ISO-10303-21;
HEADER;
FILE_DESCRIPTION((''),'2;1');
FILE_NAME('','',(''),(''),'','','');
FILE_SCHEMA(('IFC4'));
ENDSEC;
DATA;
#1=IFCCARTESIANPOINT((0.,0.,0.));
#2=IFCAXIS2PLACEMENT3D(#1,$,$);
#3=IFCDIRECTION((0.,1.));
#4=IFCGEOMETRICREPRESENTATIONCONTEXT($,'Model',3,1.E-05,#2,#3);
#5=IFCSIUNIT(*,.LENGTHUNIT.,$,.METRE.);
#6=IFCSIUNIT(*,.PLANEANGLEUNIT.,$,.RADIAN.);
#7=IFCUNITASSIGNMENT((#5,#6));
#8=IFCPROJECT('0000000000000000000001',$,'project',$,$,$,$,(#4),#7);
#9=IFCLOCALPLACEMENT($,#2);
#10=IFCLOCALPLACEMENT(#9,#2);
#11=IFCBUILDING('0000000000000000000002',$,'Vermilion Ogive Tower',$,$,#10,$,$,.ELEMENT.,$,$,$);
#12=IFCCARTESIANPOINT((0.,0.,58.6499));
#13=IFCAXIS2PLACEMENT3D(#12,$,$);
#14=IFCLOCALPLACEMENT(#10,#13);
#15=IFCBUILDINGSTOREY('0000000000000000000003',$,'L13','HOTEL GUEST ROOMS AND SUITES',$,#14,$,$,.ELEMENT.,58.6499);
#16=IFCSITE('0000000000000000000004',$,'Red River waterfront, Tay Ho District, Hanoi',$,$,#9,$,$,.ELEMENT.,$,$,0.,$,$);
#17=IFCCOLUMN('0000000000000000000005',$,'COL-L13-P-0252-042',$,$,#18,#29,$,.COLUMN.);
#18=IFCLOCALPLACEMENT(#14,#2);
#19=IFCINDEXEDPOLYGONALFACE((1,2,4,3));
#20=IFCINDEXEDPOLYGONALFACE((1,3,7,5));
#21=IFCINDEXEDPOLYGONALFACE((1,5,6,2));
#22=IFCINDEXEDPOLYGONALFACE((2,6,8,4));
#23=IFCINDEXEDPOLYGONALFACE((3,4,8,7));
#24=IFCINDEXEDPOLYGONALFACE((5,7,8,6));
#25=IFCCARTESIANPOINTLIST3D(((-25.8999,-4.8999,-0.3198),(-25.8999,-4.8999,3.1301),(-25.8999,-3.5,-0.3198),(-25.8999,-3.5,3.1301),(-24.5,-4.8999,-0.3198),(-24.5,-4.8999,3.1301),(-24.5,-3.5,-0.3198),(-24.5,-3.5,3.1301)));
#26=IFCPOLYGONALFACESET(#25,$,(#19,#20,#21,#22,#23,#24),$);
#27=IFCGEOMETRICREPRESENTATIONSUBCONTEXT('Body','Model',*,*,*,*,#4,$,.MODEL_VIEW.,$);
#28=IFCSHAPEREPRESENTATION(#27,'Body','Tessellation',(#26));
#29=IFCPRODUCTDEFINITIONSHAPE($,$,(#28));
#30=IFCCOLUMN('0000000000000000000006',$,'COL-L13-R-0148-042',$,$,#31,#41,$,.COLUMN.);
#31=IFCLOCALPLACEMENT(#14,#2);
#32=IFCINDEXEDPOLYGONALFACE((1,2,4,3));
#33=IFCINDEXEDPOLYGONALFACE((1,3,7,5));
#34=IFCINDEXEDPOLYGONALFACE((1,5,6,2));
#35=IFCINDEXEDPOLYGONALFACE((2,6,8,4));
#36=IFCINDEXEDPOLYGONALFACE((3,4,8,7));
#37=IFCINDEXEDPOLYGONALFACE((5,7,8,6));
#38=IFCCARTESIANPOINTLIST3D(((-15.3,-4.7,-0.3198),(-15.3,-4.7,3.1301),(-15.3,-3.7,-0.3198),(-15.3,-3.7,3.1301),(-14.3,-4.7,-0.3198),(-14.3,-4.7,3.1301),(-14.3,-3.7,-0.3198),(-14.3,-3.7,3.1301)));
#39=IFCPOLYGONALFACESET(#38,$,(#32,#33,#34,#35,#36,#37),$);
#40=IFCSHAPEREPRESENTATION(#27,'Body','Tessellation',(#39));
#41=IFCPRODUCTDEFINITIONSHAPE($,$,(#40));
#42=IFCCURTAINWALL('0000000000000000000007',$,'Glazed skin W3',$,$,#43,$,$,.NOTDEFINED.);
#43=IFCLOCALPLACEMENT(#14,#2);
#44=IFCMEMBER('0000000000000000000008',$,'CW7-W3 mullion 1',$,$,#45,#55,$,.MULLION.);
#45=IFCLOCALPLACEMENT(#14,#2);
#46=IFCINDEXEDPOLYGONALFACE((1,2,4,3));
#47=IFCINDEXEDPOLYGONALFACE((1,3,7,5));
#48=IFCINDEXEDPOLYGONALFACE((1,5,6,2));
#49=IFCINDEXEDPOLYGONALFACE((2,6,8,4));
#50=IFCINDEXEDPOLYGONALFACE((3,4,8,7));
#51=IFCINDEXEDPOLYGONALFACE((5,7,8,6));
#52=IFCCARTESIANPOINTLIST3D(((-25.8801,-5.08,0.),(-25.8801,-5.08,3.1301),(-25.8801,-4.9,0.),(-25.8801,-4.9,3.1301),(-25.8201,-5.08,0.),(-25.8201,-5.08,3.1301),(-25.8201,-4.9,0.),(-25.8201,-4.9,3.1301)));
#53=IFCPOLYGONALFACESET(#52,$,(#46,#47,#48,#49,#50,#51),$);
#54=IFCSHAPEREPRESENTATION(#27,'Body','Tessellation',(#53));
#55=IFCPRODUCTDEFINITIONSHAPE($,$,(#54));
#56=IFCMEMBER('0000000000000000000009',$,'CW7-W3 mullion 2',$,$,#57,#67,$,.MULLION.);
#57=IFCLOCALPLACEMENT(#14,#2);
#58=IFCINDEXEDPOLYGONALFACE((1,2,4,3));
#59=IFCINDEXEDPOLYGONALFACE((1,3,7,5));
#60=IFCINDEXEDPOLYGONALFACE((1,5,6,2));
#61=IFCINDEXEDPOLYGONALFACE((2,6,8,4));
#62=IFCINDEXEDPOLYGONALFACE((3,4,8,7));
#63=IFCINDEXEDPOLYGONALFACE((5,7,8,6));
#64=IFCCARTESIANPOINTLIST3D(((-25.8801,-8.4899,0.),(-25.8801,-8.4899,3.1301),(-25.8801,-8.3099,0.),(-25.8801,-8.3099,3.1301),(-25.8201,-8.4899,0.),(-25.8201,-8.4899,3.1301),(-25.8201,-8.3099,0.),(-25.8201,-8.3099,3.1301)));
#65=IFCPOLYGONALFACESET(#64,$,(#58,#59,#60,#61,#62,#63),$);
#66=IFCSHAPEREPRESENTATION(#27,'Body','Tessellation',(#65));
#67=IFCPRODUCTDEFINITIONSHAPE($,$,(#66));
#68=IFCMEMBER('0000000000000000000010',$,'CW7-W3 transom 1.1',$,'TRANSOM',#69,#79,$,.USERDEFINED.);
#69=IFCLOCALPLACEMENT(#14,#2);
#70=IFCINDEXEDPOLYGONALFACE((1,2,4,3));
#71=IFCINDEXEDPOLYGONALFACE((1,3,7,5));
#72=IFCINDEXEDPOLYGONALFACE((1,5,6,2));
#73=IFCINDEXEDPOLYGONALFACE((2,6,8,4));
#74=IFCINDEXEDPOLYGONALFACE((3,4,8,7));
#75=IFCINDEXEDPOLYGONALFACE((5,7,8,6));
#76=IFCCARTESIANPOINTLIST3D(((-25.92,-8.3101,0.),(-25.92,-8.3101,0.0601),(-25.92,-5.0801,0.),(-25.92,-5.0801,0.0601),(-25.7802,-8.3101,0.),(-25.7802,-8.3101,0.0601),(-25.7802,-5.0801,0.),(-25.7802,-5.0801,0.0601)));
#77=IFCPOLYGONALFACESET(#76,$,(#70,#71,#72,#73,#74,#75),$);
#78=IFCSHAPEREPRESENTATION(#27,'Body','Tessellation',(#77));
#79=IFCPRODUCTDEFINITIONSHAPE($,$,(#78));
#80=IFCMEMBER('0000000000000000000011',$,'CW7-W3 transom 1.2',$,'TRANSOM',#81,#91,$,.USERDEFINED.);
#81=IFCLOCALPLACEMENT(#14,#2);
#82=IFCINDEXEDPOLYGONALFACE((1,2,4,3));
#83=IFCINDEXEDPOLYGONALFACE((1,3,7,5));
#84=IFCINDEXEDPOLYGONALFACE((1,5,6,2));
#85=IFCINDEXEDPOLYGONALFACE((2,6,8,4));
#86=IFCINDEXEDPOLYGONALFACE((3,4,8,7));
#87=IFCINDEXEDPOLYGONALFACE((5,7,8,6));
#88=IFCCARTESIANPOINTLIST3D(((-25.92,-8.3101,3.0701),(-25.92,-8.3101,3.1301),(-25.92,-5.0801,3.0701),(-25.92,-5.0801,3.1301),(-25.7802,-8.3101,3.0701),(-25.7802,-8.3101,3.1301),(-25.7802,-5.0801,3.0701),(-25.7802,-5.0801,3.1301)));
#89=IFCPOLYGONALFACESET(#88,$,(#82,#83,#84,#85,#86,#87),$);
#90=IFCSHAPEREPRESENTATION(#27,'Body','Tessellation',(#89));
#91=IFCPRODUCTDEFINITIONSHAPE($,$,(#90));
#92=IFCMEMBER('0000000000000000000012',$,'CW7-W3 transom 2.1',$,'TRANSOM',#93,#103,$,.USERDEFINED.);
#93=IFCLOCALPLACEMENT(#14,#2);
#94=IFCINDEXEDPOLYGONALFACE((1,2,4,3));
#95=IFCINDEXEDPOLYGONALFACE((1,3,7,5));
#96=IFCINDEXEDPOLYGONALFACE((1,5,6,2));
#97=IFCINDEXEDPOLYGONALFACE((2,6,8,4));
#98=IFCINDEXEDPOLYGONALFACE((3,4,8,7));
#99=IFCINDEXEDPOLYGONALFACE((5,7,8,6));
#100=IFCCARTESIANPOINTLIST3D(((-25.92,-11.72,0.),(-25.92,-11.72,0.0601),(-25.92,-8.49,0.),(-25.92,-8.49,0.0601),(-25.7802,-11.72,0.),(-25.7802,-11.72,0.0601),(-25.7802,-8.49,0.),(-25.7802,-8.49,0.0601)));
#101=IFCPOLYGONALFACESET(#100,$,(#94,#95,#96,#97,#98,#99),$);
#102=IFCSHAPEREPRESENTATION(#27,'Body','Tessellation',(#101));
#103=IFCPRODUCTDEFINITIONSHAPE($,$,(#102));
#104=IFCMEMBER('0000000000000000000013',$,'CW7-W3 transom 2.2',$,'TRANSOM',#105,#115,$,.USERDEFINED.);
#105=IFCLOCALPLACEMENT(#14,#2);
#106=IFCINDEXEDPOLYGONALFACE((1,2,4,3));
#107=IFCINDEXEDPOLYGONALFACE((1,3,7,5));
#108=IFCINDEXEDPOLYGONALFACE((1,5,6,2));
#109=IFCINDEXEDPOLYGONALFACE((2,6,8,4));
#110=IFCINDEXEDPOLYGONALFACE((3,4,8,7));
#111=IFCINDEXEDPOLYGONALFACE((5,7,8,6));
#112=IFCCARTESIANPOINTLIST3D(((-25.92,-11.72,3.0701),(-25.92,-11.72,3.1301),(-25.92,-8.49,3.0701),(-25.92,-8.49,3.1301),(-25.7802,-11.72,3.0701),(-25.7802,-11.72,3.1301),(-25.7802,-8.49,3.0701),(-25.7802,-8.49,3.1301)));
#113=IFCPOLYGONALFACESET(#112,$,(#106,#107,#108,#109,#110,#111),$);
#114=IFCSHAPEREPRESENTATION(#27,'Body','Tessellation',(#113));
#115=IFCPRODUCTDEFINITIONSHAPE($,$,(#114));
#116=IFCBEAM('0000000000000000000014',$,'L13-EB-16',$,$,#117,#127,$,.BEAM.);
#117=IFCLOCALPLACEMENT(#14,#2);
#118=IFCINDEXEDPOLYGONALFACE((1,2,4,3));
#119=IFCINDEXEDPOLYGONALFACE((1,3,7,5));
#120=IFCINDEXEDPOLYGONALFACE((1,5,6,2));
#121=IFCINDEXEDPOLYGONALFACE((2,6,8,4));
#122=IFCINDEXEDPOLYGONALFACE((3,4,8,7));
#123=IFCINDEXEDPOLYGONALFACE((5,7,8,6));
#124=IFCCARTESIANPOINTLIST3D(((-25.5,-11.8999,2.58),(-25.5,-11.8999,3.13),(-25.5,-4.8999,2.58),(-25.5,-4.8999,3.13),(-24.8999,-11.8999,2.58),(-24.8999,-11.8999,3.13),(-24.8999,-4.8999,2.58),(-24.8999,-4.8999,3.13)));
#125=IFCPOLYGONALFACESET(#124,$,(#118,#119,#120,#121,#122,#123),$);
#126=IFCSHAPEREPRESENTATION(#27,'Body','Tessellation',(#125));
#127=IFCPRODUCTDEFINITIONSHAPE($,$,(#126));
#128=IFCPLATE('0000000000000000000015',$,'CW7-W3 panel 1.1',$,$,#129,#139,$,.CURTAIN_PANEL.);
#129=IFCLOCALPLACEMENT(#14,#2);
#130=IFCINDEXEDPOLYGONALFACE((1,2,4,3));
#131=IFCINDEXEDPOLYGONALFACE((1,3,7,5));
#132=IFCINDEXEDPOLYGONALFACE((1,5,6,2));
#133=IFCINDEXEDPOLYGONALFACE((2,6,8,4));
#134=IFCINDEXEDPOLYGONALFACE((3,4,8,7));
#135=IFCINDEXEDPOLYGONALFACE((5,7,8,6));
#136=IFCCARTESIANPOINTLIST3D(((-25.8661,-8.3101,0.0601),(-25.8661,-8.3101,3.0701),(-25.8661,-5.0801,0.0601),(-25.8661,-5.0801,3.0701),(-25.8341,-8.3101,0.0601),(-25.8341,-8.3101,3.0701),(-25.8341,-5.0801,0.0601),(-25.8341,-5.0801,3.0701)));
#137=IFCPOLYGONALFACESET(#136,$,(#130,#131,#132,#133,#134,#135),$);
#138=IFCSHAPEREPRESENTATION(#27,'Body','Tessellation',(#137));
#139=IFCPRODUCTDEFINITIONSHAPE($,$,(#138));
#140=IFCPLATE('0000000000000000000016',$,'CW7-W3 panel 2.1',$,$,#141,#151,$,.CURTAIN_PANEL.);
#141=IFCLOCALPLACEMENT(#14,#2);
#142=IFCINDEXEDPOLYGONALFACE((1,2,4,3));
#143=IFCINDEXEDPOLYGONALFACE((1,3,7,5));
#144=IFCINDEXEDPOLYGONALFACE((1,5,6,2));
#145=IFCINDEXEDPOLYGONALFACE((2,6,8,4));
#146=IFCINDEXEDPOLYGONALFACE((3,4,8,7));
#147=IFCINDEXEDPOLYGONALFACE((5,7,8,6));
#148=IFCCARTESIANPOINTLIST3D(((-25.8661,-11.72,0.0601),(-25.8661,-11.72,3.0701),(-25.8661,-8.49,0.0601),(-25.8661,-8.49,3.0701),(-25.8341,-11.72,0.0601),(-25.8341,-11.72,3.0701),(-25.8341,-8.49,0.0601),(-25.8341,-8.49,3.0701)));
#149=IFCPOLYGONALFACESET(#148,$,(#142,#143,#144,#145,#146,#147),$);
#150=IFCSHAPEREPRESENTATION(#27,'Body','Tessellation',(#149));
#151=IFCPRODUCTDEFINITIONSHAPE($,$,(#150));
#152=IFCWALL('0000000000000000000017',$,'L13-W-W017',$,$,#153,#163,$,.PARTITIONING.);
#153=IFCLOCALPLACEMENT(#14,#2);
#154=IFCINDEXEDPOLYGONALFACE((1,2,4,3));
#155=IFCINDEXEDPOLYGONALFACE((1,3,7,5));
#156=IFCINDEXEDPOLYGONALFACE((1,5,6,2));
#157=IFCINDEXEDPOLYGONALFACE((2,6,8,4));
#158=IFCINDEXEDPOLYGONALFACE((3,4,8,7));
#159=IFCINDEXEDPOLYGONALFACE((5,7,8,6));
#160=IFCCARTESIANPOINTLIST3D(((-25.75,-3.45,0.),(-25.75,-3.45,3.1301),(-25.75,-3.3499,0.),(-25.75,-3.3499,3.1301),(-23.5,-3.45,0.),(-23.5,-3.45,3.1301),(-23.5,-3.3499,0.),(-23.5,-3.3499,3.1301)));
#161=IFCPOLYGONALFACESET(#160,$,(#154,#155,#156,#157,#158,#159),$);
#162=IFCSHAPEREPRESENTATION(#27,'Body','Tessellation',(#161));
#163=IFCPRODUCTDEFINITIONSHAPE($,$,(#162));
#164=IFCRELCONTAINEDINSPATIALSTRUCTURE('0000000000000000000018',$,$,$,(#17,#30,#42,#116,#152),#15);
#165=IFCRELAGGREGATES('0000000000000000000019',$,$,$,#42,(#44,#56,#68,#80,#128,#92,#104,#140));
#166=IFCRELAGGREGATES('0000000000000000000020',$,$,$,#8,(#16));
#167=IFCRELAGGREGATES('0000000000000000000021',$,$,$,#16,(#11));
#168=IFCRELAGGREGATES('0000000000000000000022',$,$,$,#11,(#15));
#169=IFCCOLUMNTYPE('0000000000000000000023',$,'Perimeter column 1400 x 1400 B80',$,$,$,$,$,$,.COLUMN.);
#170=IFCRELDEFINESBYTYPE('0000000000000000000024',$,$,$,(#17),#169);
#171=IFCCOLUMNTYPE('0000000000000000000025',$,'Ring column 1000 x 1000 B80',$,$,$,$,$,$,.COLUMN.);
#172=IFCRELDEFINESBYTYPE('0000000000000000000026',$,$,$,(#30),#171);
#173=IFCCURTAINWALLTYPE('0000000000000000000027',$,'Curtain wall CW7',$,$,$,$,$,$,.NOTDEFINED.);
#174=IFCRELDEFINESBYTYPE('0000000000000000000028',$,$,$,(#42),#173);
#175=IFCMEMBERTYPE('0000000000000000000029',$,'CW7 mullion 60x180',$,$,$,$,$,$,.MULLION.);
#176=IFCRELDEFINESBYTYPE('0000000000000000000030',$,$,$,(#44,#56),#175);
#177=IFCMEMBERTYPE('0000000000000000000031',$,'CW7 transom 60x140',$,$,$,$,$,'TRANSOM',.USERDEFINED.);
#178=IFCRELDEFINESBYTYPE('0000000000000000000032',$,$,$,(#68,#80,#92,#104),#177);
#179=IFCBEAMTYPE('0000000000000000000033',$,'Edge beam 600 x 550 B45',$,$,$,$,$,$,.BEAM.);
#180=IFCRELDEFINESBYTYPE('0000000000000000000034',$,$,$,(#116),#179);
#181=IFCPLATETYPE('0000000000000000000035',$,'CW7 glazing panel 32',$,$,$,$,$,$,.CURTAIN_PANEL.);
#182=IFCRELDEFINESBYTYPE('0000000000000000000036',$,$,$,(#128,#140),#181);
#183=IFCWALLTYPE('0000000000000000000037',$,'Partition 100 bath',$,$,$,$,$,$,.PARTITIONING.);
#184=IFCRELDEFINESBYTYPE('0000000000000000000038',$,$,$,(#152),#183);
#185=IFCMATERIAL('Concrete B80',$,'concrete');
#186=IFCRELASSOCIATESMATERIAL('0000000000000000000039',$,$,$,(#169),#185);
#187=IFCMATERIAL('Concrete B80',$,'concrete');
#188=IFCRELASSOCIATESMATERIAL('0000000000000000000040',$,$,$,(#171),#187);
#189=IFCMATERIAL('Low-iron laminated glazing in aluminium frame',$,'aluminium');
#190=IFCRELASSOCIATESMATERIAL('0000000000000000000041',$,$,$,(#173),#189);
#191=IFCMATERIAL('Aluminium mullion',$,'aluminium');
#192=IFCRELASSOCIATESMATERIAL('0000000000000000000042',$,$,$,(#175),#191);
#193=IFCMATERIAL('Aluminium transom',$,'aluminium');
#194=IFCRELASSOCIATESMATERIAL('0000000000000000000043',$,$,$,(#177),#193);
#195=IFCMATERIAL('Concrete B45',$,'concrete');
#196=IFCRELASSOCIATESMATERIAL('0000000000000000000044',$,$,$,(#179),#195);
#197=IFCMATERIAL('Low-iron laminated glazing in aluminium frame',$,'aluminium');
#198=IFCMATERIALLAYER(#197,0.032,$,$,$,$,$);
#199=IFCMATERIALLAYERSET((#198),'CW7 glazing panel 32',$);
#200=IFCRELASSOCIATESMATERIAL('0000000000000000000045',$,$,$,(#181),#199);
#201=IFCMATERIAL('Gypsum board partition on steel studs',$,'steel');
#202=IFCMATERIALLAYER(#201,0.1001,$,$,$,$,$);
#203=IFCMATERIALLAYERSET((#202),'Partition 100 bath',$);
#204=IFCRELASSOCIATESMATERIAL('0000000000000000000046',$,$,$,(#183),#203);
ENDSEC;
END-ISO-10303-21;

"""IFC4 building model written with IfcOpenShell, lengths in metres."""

from ifc_helpers import new_model, si_unit, direction, frame, frame_2d, origin, origin_2d, place, context, subcontext, project, spatial, rectangle, extrude, material, layer, layer_set, material_profile, profile_set, type_object, element, aggregate, save


model = new_model("IFC4")

# Units and contexts
model_context = context("Model", 3, precision=1e-05, world=origin(), true_north=direction((0.0, 1.0)))
body_context = subcontext(model_context, "Body", "Model", "MODEL_VIEW")
ifc_project = project(units=[si_unit("LENGTHUNIT", "METRE"), si_unit("PLANEANGLEUNIT", "RADIAN")], contexts=[model_context])

# Site, building, storey
site_placement = place(None, origin())
site = spatial("IfcSite", under=ifc_project, at=site_placement, Name="Red River waterfront, Tay Ho District, Hanoi", CompositionType="ELEMENT", RefElevation=0.0)
building_placement = place(site_placement, origin())
building = spatial("IfcBuilding", under=site, at=building_placement, Name="Vermilion Ogive Tower", CompositionType="ELEMENT")
storey_placement = place(building_placement, frame((0.0, 0.0, 58.6499)))
storey = spatial("IfcBuildingStorey", under=building, at=storey_placement, Name="L13", Description="HOTEL GUEST ROOMS AND SUITES", CompositionType="ELEMENT", Elevation=58.6499)

# Columns
ifc_material_1 = material(Name="Concrete B80", Category="concrete")
ifc_material_profile_1 = material_profile(ifc_material_1, rectangle(XDim=1.3999, YDim=1.3999, at=origin_2d()), Name="1400 x 1400")
ifc_profile_set_1 = profile_set([ifc_material_profile_1], Name="Concrete B80")
column_type_1 = type_object("IfcColumnType", Name="Perimeter column 1400 x 1400 B80", PredefinedType="COLUMN", material=ifc_profile_set_1)
column_1_placement = place(storey_placement, frame((-25.2, -4.2, -0.3198), z_axis=(0.0, 0.0, 1.0), x_axis=(1.0, 0.0, 0.0)))
element("IfcColumn", 1, at=column_1_placement, inside=storey, type_object=column_type_1, Name="COL-L13-P-0252-042", PredefinedType="COLUMN", context=body_context, shape_type="SweptSolid", body=[
    extrude(rectangle(XDim=1.3999, YDim=1.3999, at=origin_2d()), origin(), (0.0, 0.0, 1.0), 3.45),
])
ifc_material_2 = material(Name="Concrete B80", Category="concrete")
ifc_material_profile_2 = material_profile(ifc_material_2, rectangle(XDim=1.0, YDim=1.0, at=origin_2d()), Name="1000 x 1000")
ifc_profile_set_2 = profile_set([ifc_material_profile_2], Name="Concrete B80")
column_type_2 = type_object("IfcColumnType", Name="Ring column 1000 x 1000 B80", PredefinedType="COLUMN", material=ifc_profile_set_2)
column_2_placement = place(storey_placement, frame((-14.8, -4.2, -0.3198), z_axis=(0.0, 0.0, 1.0), x_axis=(1.0, 0.0, 0.0)))
element("IfcColumn", 2, at=column_2_placement, inside=storey, type_object=column_type_2, Name="COL-L13-R-0148-042", PredefinedType="COLUMN", context=body_context, shape_type="SweptSolid", body=[
    extrude(rectangle(XDim=1.0, YDim=1.0, at=origin_2d()), origin(), (0.0, 0.0, 1.0), 3.45),
])

# Curtain wall, members
ifc_material_3 = material(Name="Low-iron laminated glazing in aluminium frame", Category="aluminium")
curtain_wall_type = type_object("IfcCurtainWallType", Name="Curtain wall CW7", PredefinedType="NOTDEFINED", material=ifc_material_3)
curtain_wall_placement = place(storey_placement, origin())
curtain_wall = element("IfcCurtainWall", 3, at=curtain_wall_placement, inside=storey, type_object=curtain_wall_type, Name="Glazed skin W3", PredefinedType="NOTDEFINED")
ifc_material_4 = material(Name="Aluminium mullion", Category="aluminium")
ifc_material_profile_3 = material_profile(ifc_material_4, rectangle(XDim=0.0601, YDim=0.1799, at=origin_2d()), Name="AL 60x180")
ifc_profile_set_3 = profile_set([ifc_material_profile_3], Name="Aluminium mullion")
member_type_1 = type_object("IfcMemberType", Name="CW7 mullion 60x180", PredefinedType="MULLION", material=ifc_profile_set_3)
member_1_placement = place(storey_placement, frame((-25.8501, -4.99, 0.0), z_axis=(0.0, 0.0, 1.0), x_axis=(1.0, 0.0, 0.0)))
member_1 = element("IfcMember", 4, at=member_1_placement, type_object=member_type_1, Name="CW7-W3 mullion 1", PredefinedType="MULLION", context=body_context, shape_type="SweptSolid", body=[
    extrude(rectangle(XDim=0.0601, YDim=0.1799, at=origin_2d()), origin(), (0.0, 0.0, 1.0), 3.1301),
])
member_2_placement = place(storey_placement, frame((-25.8501, -8.3999, 0.0), z_axis=(0.0, 0.0, 1.0), x_axis=(1.0, 0.0, 0.0)))
member_2 = element("IfcMember", 5, at=member_2_placement, type_object=member_type_1, Name="CW7-W3 mullion 2", PredefinedType="MULLION", context=body_context, shape_type="SweptSolid", body=[
    extrude(rectangle(XDim=0.0601, YDim=0.1799, at=origin_2d()), origin(), (0.0, 0.0, 1.0), 3.1301),
])
ifc_material_5 = material(Name="Aluminium transom", Category="aluminium")
ifc_material_profile_4 = material_profile(ifc_material_5, rectangle(XDim=0.1399, YDim=0.0601, at=origin_2d()), Name="AL 60x140")
ifc_profile_set_4 = profile_set([ifc_material_profile_4], Name="Aluminium transom")
member_type_2 = type_object("IfcMemberType", Name="CW7 transom 60x140", ElementType="TRANSOM", PredefinedType="USERDEFINED", material=ifc_profile_set_4)
member_3_placement = place(storey_placement, frame((-25.8501, -5.0801, 0.03), z_axis=(0.0, -1.0, 0.0), x_axis=(1.0, 0.0, 0.0)))
member_3 = element("IfcMember", 6, at=member_3_placement, type_object=member_type_2, Name="CW7-W3 transom 1.1", ObjectType="TRANSOM", PredefinedType="USERDEFINED", context=body_context, shape_type="SweptSolid", body=[
    extrude(rectangle(XDim=0.1399, YDim=0.0601, at=origin_2d()), origin(), (0.0, 0.0, 1.0), 3.23),
])
member_4_placement = place(storey_placement, frame((-25.8501, -5.0801, 3.1001), z_axis=(0.0, -1.0, 0.0), x_axis=(1.0, 0.0, 0.0)))
member_4 = element("IfcMember", 7, at=member_4_placement, type_object=member_type_2, Name="CW7-W3 transom 1.2", ObjectType="TRANSOM", PredefinedType="USERDEFINED", context=body_context, shape_type="SweptSolid", body=[
    extrude(rectangle(XDim=0.1399, YDim=0.0601, at=origin_2d()), origin(), (0.0, 0.0, 1.0), 3.23),
])
member_5_placement = place(storey_placement, frame((-25.8501, -8.49, 0.03), z_axis=(0.0, -1.0, 0.0), x_axis=(1.0, 0.0, 0.0)))
member_5 = element("IfcMember", 8, at=member_5_placement, type_object=member_type_2, Name="CW7-W3 transom 2.1", ObjectType="TRANSOM", PredefinedType="USERDEFINED", context=body_context, shape_type="SweptSolid", body=[
    extrude(rectangle(XDim=0.1399, YDim=0.0601, at=origin_2d()), origin(), (0.0, 0.0, 1.0), 3.23),
])
member_6_placement = place(storey_placement, frame((-25.8501, -8.49, 3.1001), z_axis=(0.0, -1.0, 0.0), x_axis=(1.0, 0.0, 0.0)))
member_6 = element("IfcMember", 9, at=member_6_placement, type_object=member_type_2, Name="CW7-W3 transom 2.2", ObjectType="TRANSOM", PredefinedType="USERDEFINED", context=body_context, shape_type="SweptSolid", body=[
    extrude(rectangle(XDim=0.1399, YDim=0.0601, at=origin_2d()), origin(), (0.0, 0.0, 1.0), 3.23),
])

# Beam
ifc_material_6 = material(Name="Concrete B45", Category="concrete")
ifc_material_profile_5 = material_profile(ifc_material_6, rectangle(XDim=0.6001, YDim=0.55, at=origin_2d()), Name="600 x 550")
ifc_profile_set_5 = profile_set([ifc_material_profile_5], Name="Concrete B45")
beam_type = type_object("IfcBeamType", Name="Edge beam 600 x 550 B45", PredefinedType="BEAM", material=ifc_profile_set_5)
beam_placement = place(storey_placement, frame((-25.2, -4.8999, 2.855), z_axis=(0.0, -1.0, 0.0), x_axis=(1.0, 0.0, 0.0)))
element("IfcBeam", 10, at=beam_placement, inside=storey, type_object=beam_type, Name="L13-EB-16", PredefinedType="BEAM", context=body_context, shape_type="SweptSolid", body=[
    extrude(rectangle(XDim=0.6001, YDim=0.55, at=origin_2d()), origin(), (0.0, 0.0, 1.0), 7.0),
])

# Plates
ifc_material_7 = material(Name="Low-iron laminated glazing in aluminium frame", Category="aluminium")
ifc_layer_1 = layer(ifc_material_7, 0.032)
ifc_layer_set_1 = layer_set([ifc_layer_1], Name="CW7 glazing panel 32")
plate_type = type_object("IfcPlateType", Name="CW7 glazing panel 32", PredefinedType="CURTAIN_PANEL", material=ifc_layer_set_1)
plate_1_placement = place(storey_placement, frame((-25.8501, -6.6951, 0.0601), z_axis=(0.0, 0.0, 1.0), x_axis=(0.0, -1.0, 0.0)))
plate_1 = element("IfcPlate", 11, at=plate_1_placement, type_object=plate_type, Name="CW7-W3 panel 1.1", PredefinedType="CURTAIN_PANEL", context=body_context, shape_type="SweptSolid", body=[
    extrude(rectangle(XDim=3.23, YDim=0.032, at=origin_2d()), origin(), (0.0, 0.0, 1.0), 3.01),
])
plate_2_placement = place(storey_placement, frame((-25.8501, -10.105, 0.0601), z_axis=(0.0, 0.0, 1.0), x_axis=(0.0, -1.0, 0.0)))
plate_2 = element("IfcPlate", 12, at=plate_2_placement, type_object=plate_type, Name="CW7-W3 panel 2.1", PredefinedType="CURTAIN_PANEL", context=body_context, shape_type="SweptSolid", body=[
    extrude(rectangle(XDim=3.23, YDim=0.032, at=origin_2d()), origin(), (0.0, 0.0, 1.0), 3.01),
])
aggregate(curtain_wall, [member_1, member_2, member_3, member_4, plate_1, member_5, member_6, plate_2])

# Wall
ifc_material_8 = material(Name="Gypsum board partition on steel studs", Category="steel")
ifc_layer_2 = layer(ifc_material_8, 0.1001)
ifc_layer_set_2 = layer_set([ifc_layer_2], Name="Partition 100 bath")
wall_type_1 = type_object("IfcWallType", Name="Partition 100 bath", PredefinedType="PARTITIONING", material=ifc_layer_set_2)
wall_1_placement = place(storey_placement, frame((-25.75, -3.3999, 0.0), z_axis=(0.0, 0.0, 1.0), x_axis=(1.0, 0.0, 0.0)))
element("IfcWall", 13, at=wall_1_placement, inside=storey, type_object=wall_type_1, Name="L13-W-W017", PredefinedType="PARTITIONING", context=body_context, shape_type="SweptSolid", body=[
    extrude(rectangle(XDim=2.25, YDim=0.1001, at=frame_2d((1.125, 0.0))), origin(), (0.0, 0.0, 1.0), 3.1301),
])

save(model, "model.ifc")
